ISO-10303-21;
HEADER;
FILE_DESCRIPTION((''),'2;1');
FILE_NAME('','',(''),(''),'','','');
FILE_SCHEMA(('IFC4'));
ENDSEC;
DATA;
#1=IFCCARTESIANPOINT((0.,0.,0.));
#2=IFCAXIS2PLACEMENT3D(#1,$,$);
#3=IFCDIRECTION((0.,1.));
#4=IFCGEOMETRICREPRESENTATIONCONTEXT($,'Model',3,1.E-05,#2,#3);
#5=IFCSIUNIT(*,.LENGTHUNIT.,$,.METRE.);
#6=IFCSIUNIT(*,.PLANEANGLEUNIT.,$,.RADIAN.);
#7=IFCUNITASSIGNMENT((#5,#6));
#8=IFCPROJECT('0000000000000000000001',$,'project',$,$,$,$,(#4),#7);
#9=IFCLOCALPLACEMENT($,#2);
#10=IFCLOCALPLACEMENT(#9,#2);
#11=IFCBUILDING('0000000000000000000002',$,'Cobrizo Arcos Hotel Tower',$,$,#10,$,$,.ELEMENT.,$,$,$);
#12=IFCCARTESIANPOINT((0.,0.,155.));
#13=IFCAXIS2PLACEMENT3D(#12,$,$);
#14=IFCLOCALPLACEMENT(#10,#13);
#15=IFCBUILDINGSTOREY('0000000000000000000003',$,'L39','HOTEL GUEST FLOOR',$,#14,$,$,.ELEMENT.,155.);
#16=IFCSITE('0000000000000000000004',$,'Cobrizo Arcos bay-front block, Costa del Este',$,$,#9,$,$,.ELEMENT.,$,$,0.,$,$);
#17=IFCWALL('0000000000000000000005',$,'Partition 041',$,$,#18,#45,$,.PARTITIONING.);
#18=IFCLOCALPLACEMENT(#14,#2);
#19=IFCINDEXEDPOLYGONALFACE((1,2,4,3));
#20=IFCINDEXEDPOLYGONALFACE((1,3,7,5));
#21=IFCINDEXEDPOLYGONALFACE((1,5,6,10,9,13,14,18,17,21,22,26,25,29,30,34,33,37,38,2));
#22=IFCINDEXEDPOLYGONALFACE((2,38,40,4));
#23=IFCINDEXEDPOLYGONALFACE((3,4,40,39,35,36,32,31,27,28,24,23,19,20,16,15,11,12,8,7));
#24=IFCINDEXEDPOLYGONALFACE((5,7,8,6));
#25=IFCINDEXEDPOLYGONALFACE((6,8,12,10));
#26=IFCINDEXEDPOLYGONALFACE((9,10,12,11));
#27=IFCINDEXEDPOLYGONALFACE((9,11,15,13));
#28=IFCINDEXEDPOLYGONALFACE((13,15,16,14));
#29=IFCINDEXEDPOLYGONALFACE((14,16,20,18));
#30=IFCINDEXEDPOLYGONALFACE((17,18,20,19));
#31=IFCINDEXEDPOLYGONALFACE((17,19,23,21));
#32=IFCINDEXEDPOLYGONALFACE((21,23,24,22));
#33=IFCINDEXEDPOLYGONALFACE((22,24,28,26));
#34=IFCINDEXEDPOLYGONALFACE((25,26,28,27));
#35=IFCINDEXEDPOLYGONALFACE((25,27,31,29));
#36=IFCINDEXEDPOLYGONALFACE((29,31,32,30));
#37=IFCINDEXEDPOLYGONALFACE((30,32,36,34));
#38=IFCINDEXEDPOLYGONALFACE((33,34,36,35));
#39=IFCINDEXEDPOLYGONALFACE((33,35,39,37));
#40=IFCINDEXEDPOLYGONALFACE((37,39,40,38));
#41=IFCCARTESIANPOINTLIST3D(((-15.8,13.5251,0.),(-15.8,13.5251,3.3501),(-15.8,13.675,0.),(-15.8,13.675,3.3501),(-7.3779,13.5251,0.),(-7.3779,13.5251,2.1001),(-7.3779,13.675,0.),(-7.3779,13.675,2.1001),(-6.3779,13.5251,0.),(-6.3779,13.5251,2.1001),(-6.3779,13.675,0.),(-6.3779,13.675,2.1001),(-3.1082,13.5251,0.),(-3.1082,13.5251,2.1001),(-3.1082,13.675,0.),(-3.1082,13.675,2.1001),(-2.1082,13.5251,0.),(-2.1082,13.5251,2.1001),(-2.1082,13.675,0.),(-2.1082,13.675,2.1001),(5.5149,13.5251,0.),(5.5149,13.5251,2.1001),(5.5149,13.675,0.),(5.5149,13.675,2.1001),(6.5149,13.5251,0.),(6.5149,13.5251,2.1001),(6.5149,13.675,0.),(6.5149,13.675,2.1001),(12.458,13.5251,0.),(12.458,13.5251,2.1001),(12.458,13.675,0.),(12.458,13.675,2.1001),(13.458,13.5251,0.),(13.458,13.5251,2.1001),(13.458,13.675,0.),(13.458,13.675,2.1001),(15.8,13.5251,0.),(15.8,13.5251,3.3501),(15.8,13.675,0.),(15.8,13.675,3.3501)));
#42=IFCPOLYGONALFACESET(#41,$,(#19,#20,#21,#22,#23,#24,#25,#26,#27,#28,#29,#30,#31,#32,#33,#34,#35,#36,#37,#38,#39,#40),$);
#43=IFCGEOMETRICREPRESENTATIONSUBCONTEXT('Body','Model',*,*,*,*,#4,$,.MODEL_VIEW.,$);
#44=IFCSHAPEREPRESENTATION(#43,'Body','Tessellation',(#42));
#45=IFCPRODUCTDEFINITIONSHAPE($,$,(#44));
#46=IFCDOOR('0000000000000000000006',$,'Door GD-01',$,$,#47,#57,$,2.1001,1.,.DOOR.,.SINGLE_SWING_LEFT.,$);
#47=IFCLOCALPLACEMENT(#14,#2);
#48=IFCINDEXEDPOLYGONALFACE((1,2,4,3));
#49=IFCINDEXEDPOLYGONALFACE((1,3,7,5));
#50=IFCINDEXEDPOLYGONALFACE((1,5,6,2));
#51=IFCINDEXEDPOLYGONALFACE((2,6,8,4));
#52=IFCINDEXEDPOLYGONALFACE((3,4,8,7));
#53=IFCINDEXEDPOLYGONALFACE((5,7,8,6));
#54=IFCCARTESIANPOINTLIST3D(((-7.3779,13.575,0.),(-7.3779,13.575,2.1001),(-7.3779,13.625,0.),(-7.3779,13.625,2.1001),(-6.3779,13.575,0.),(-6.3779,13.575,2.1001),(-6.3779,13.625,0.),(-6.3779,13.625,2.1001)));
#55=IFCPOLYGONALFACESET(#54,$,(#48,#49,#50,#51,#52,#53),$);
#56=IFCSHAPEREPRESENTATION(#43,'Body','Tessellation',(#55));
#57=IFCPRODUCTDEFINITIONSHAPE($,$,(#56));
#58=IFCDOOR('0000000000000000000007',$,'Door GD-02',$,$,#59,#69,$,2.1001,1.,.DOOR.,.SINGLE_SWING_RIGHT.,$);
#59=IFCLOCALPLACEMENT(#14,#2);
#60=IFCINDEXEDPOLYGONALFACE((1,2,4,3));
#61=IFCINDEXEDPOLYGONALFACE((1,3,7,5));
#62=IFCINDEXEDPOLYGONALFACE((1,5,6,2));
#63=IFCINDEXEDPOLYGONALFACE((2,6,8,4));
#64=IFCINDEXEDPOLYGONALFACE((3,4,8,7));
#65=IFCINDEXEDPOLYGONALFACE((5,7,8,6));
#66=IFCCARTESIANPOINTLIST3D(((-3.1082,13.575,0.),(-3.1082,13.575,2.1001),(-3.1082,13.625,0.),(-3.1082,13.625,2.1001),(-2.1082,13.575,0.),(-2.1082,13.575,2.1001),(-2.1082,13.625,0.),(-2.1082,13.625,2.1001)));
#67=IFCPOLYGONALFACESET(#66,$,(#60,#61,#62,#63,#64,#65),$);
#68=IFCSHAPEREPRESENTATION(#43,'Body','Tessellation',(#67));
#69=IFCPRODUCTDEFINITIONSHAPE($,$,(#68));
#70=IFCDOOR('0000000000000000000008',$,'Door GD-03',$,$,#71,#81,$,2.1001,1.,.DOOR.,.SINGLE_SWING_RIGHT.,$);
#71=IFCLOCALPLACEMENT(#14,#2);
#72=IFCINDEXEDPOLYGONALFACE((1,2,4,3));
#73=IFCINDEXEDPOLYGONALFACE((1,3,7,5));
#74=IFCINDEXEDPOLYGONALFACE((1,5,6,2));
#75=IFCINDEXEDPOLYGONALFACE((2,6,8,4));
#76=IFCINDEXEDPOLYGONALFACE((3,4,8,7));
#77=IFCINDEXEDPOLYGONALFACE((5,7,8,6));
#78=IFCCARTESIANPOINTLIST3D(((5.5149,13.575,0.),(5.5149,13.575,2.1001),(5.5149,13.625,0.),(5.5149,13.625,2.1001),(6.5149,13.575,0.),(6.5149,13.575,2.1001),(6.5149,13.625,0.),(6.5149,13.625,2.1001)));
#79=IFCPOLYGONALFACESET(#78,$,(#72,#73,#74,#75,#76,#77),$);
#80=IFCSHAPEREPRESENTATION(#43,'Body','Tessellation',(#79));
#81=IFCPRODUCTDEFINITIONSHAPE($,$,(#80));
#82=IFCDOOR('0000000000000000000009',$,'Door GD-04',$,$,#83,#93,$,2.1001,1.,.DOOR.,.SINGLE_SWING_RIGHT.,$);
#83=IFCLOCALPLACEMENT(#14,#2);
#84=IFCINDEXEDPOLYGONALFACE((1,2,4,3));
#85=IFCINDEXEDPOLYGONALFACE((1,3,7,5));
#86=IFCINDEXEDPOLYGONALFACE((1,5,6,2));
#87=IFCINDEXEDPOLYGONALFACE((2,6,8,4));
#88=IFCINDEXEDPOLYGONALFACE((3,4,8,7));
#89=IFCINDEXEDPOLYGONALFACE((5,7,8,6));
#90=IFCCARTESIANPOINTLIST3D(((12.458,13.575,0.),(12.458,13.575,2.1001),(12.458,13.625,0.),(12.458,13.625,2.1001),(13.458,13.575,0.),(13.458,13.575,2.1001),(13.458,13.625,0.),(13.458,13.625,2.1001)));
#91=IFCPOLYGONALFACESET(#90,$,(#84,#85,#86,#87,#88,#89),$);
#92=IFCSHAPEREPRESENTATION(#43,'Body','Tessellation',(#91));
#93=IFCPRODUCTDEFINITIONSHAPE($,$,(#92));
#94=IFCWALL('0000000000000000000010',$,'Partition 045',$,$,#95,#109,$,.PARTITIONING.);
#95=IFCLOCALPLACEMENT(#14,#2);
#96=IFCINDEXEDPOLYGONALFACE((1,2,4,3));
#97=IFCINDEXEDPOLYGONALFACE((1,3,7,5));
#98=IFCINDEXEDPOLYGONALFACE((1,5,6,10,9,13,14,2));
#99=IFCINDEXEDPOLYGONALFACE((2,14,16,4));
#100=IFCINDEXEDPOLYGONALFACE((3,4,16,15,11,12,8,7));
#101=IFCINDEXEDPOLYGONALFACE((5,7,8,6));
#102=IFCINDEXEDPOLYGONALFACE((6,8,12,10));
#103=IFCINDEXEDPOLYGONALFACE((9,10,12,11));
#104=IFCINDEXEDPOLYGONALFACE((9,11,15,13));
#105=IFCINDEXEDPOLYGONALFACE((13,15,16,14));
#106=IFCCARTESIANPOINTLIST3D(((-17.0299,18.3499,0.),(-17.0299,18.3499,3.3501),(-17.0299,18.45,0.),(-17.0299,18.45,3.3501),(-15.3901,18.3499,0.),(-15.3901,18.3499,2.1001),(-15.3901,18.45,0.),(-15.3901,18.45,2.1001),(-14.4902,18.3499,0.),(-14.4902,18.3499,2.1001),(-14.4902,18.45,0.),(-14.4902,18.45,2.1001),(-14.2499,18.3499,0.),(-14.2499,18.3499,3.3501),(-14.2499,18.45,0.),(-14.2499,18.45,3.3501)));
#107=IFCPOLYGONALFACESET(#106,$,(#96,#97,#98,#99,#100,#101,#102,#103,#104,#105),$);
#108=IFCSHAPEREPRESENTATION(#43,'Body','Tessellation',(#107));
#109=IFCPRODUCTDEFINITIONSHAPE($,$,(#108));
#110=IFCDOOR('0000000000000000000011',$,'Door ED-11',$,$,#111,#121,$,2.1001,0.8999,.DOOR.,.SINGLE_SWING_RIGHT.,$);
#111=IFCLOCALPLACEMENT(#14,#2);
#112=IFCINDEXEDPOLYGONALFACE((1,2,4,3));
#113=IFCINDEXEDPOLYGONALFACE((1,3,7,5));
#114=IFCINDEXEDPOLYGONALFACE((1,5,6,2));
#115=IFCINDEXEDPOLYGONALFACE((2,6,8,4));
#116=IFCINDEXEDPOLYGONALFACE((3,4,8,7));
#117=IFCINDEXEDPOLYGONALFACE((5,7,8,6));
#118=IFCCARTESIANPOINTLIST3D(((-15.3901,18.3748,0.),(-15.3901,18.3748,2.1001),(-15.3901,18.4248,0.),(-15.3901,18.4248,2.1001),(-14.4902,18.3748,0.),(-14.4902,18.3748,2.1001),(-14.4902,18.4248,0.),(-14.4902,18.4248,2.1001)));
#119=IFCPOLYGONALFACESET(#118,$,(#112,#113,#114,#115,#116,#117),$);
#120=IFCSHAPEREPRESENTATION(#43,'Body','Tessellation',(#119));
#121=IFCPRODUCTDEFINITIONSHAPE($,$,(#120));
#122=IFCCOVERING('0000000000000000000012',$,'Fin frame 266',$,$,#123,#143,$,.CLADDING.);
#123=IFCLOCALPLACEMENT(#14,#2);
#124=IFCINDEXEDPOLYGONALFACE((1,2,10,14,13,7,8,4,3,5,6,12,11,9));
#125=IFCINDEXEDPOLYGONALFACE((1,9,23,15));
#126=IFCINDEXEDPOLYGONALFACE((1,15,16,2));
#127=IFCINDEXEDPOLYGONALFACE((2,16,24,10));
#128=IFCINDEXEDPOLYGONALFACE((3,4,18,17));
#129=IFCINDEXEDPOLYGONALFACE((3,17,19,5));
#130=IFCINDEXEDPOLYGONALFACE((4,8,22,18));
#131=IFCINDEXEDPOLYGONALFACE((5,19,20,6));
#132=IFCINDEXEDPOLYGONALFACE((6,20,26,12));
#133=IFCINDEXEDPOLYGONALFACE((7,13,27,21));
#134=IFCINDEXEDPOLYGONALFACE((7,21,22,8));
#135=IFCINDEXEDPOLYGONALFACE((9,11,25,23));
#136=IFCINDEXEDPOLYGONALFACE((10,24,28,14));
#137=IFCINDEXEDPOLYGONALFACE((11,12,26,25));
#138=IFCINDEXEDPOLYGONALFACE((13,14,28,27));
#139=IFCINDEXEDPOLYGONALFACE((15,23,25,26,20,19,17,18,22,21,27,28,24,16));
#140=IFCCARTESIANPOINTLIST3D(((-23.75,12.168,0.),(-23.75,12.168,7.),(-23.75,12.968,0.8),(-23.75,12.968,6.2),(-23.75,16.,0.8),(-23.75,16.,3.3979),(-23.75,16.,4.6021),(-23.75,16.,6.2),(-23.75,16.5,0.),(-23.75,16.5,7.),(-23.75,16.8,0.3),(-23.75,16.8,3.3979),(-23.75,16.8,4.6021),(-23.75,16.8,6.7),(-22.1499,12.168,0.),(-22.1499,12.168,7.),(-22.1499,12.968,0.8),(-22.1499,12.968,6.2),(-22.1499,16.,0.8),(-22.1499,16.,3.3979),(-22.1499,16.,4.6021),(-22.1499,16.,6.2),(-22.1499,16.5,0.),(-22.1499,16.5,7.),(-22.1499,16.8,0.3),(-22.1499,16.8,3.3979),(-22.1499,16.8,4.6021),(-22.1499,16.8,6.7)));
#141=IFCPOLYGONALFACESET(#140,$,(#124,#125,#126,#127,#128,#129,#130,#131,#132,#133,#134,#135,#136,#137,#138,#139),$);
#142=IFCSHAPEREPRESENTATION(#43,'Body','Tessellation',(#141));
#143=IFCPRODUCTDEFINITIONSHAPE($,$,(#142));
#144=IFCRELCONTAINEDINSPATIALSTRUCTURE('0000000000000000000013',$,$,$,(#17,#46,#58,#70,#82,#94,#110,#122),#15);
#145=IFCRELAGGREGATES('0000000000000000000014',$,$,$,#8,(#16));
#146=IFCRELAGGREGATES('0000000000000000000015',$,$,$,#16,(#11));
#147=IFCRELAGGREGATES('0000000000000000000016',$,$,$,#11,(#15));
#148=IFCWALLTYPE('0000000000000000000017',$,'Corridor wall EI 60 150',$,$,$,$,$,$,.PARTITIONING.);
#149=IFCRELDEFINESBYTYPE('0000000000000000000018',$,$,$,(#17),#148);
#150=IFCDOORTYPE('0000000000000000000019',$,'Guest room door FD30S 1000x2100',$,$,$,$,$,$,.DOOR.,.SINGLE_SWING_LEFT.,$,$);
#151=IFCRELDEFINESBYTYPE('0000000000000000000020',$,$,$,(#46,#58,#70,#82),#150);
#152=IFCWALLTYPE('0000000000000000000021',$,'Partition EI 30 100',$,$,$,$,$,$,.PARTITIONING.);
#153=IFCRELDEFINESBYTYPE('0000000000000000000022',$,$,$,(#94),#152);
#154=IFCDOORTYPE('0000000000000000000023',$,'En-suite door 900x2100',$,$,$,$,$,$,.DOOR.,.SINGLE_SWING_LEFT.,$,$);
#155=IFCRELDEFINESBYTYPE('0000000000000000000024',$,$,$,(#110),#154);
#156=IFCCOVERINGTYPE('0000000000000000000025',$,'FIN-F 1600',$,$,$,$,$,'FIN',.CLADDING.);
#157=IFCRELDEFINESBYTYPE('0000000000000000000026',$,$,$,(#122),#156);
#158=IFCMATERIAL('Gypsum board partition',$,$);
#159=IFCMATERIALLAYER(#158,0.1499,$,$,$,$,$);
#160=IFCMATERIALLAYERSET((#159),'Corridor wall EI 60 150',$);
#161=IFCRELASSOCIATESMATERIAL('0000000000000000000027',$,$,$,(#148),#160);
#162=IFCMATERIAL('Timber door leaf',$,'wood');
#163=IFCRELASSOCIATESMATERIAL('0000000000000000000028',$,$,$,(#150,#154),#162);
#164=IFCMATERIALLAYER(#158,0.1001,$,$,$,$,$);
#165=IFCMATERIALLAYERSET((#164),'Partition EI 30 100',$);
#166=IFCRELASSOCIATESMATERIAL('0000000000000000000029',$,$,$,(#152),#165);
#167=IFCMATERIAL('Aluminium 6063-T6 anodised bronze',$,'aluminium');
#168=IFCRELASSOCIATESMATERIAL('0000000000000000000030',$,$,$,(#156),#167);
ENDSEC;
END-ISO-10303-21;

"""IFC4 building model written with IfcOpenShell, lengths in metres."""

from ifc_helpers import new_model, si_unit, direction, frame, frame_2d, origin, place, context, subcontext, project, spatial, polyline, rectangle, outline, extrude, material, layer, layer_set, type_object, element, fill, save


model = new_model("IFC4")

# Units and contexts
model_context = context("Model", 3, precision=1e-05, world=origin(), true_north=direction((0.0, 1.0)))
body_context = subcontext(model_context, "Body", "Model", "MODEL_VIEW")
ifc_project = project(units=[si_unit("LENGTHUNIT", "METRE"), si_unit("PLANEANGLEUNIT", "RADIAN")], contexts=[model_context])

# Site, building, storey
site_placement = place(None, origin())
site = spatial("IfcSite", under=ifc_project, at=site_placement, Name="Cobrizo Arcos bay-front block, Costa del Este", CompositionType="ELEMENT", RefElevation=0.0)
building_placement = place(site_placement, origin())
building = spatial("IfcBuilding", under=site, at=building_placement, Name="Cobrizo Arcos Hotel Tower", CompositionType="ELEMENT")
storey_placement = place(building_placement, frame((0.0, 0.0, 155.0)))
storey = spatial("IfcBuildingStorey", under=building, at=storey_placement, Name="L39", Description="HOTEL GUEST FLOOR", CompositionType="ELEMENT", Elevation=155.0)

# Shared definitions
ifc_material_1 = material(Name="Aluminium 6063-T6 anodised bronze", Category="aluminium")

# Wall, openings, doors
ifc_material_2 = material(Name="Gypsum board partition")
ifc_layer_1 = layer(ifc_material_2, 0.1499)
ifc_layer_set_1 = layer_set([ifc_layer_1], Name="Corridor wall EI 60 150")
wall_type_1 = type_object("IfcWallType", Name="Corridor wall EI 60 150", PredefinedType="PARTITIONING", material=ifc_layer_set_1)
wall_1_placement = place(storey_placement, frame((-15.8, 13.6001, 0.0), z_axis=(0.0, 0.0, 1.0), x_axis=(1.0, 0.0, 0.0)))
wall_1 = element("IfcWall", 1, at=wall_1_placement, inside=storey, type_object=wall_type_1, Name="Partition 041", PredefinedType="PARTITIONING", context=body_context, shape_type="SweptSolid", body=[
    extrude(rectangle(XDim=31.6001, YDim=0.1499, at=frame_2d((15.8, 0.0))), origin(), (0.0, 0.0, 1.0), 3.3501),
])
opening_1_placement = place(wall_1_placement, frame((8.4221, 0.0, 0.0)))
opening_1 = element("IfcOpeningElement", 2, at=opening_1_placement, cuts=wall_1, PredefinedType="OPENING", context=body_context, shape_type="SweptSolid", body=[
    extrude(rectangle(XDim=1.0, YDim=2.1001, at=frame_2d((0.5, 1.05))), frame((0.0, 0.0869, 0.0), z_axis=(0.0, -1.0, 0.0), x_axis=(1.0, 0.0, 0.0)), (0.0, 0.0, 1.0), 0.1738),
])
opening_2_placement = place(wall_1_placement, frame((12.6919, 0.0, 0.0)))
opening_2 = element("IfcOpeningElement", 3, at=opening_2_placement, cuts=wall_1, PredefinedType="OPENING", context=body_context, shape_type="SweptSolid", body=[
    extrude(rectangle(XDim=1.0, YDim=2.1001, at=frame_2d((0.5, 1.05))), frame((0.0, 0.0869, 0.0), z_axis=(0.0, -1.0, 0.0), x_axis=(1.0, 0.0, 0.0)), (0.0, 0.0, 1.0), 0.1738),
])
opening_3_placement = place(wall_1_placement, frame((21.3149, 0.0, 0.0)))
opening_3 = element("IfcOpeningElement", 4, at=opening_3_placement, cuts=wall_1, PredefinedType="OPENING", context=body_context, shape_type="SweptSolid", body=[
    extrude(rectangle(XDim=1.0, YDim=2.1001, at=frame_2d((0.5, 1.05))), frame((0.0, 0.0869, 0.0), z_axis=(0.0, -1.0, 0.0), x_axis=(1.0, 0.0, 0.0)), (0.0, 0.0, 1.0), 0.1738),
])
opening_4_placement = place(wall_1_placement, frame((28.2581, 0.0, 0.0)))
opening_4 = element("IfcOpeningElement", 5, at=opening_4_placement, cuts=wall_1, PredefinedType="OPENING", context=body_context, shape_type="SweptSolid", body=[
    extrude(rectangle(XDim=1.0, YDim=2.1001, at=frame_2d((0.5, 1.05))), frame((0.0, 0.0869, 0.0), z_axis=(0.0, -1.0, 0.0), x_axis=(1.0, 0.0, 0.0)), (0.0, 0.0, 1.0), 0.1738),
])
ifc_material_3 = material(Name="Timber door leaf", Category="wood")
door_type_1 = type_object("IfcDoorType", Name="Guest room door FD30S 1000x2100", OperationType="SINGLE_SWING_LEFT", PredefinedType="DOOR", material=ifc_material_3)
door_1_placement = place(opening_1_placement, origin())
door_1 = element("IfcDoor", 6, at=door_1_placement, inside=storey, type_object=door_type_1, Name="Door GD-01", OperationType="SINGLE_SWING_LEFT", OverallHeight=2.1001, OverallWidth=1.0, PredefinedType="DOOR", context=body_context, shape_type="SweptSolid", body=[
    extrude(rectangle(XDim=1.0, YDim=2.1001, at=frame_2d((0.5, 1.05))), frame((0.0, 0.0249, 0.0), z_axis=(0.0, -1.0, 0.0), x_axis=(1.0, 0.0, 0.0)), (0.0, 0.0, 1.0), 0.05),
])
fill(opening_1, door_1)
door_2_placement = place(opening_2_placement, origin())
door_2 = element("IfcDoor", 7, at=door_2_placement, inside=storey, type_object=door_type_1, Name="Door GD-02", OperationType="SINGLE_SWING_RIGHT", OverallHeight=2.1001, OverallWidth=1.0, PredefinedType="DOOR", context=body_context, shape_type="SweptSolid", body=[
    extrude(rectangle(XDim=1.0, YDim=2.1001, at=frame_2d((0.5, 1.05))), frame((0.0, 0.0249, 0.0), z_axis=(0.0, -1.0, 0.0), x_axis=(1.0, 0.0, 0.0)), (0.0, 0.0, 1.0), 0.05),
])
fill(opening_2, door_2)
door_3_placement = place(opening_3_placement, origin())
door_3 = element("IfcDoor", 8, at=door_3_placement, inside=storey, type_object=door_type_1, Name="Door GD-03", OperationType="SINGLE_SWING_RIGHT", OverallHeight=2.1001, OverallWidth=1.0, PredefinedType="DOOR", context=body_context, shape_type="SweptSolid", body=[
    extrude(rectangle(XDim=1.0, YDim=2.1001, at=frame_2d((0.5, 1.05))), frame((0.0, 0.0249, 0.0), z_axis=(0.0, -1.0, 0.0), x_axis=(1.0, 0.0, 0.0)), (0.0, 0.0, 1.0), 0.05),
])
fill(opening_3, door_3)
door_4_placement = place(opening_4_placement, origin())
door_4 = element("IfcDoor", 9, at=door_4_placement, inside=storey, type_object=door_type_1, Name="Door GD-04", OperationType="SINGLE_SWING_RIGHT", OverallHeight=2.1001, OverallWidth=1.0, PredefinedType="DOOR", context=body_context, shape_type="SweptSolid", body=[
    extrude(rectangle(XDim=1.0, YDim=2.1001, at=frame_2d((0.5, 1.05))), frame((0.0, 0.0249, 0.0), z_axis=(0.0, -1.0, 0.0), x_axis=(1.0, 0.0, 0.0)), (0.0, 0.0, 1.0), 0.05),
])
fill(opening_4, door_4)

# Wall, opening, door
ifc_layer_2 = layer(ifc_material_2, 0.1001)
ifc_layer_set_2 = layer_set([ifc_layer_2], Name="Partition EI 30 100")
wall_type_2 = type_object("IfcWallType", Name="Partition EI 30 100", PredefinedType="PARTITIONING", material=ifc_layer_set_2)
wall_2_placement = place(storey_placement, frame((-17.03, 18.3999, 0.0), z_axis=(0.0, 0.0, 1.0), x_axis=(1.0, 0.0, 0.0)))
wall_2 = element("IfcWall", 10, at=wall_2_placement, inside=storey, type_object=wall_type_2, Name="Partition 045", PredefinedType="PARTITIONING", context=body_context, shape_type="SweptSolid", body=[
    extrude(rectangle(XDim=2.78, YDim=0.1001, at=frame_2d((1.3901, 0.0))), origin(), (0.0, 0.0, 1.0), 3.3501),
])
opening_5_placement = place(wall_2_placement, frame((1.6399, 0.0, 0.0)))
opening_5 = element("IfcOpeningElement", 11, at=opening_5_placement, cuts=wall_2, PredefinedType="OPENING", context=body_context, shape_type="SweptSolid", body=[
    extrude(rectangle(XDim=0.8999, YDim=2.1001, at=frame_2d((0.45, 1.05))), frame((0.0, 0.062, 0.0), z_axis=(0.0, -1.0, 0.0), x_axis=(1.0, 0.0, 0.0)), (0.0, 0.0, 1.0), 0.124),
])
door_type_2 = type_object("IfcDoorType", Name="En-suite door 900x2100", OperationType="SINGLE_SWING_LEFT", PredefinedType="DOOR", material=ifc_material_3)
door_5_placement = place(opening_5_placement, origin())
door_5 = element("IfcDoor", 12, at=door_5_placement, inside=storey, type_object=door_type_2, Name="Door ED-11", OperationType="SINGLE_SWING_RIGHT", OverallHeight=2.1001, OverallWidth=0.8999, PredefinedType="DOOR", context=body_context, shape_type="SweptSolid", body=[
    extrude(rectangle(XDim=0.8999, YDim=2.1001, at=frame_2d((0.45, 1.05))), frame((0.0, 0.0249, 0.0), z_axis=(0.0, -1.0, 0.0), x_axis=(1.0, 0.0, 0.0)), (0.0, 0.0, 1.0), 0.05),
])
fill(opening_5, door_5)

# Covering
covering_type = type_object("IfcCoveringType", Name="FIN-F 1600", ElementType="FIN", PredefinedType="CLADDING", material=ifc_material_1)
covering_placement = place(storey_placement, frame((-22.1499, 16.8, 0.0), z_axis=(-1.0, 0.0, 0.0), x_axis=(0.0, -1.0, 0.0)))
element("IfcCovering", 13, at=covering_placement, inside=storey, type_object=covering_type, Name="Fin frame 266", PredefinedType="CLADDING", context=body_context, shape_type="SweptSolid", body=[
    extrude(outline(polyline([(0.0, 6.7), (0.0, 4.6021), (0.8, 4.6021), (0.8, 6.2), (3.832, 6.2), (3.832, 0.8), (0.8, 0.8), (0.8, 3.3979), (0.0, 3.3979), (0.0, 0.3), (0.3, 0.0), (4.6321, 0.0), (4.6321, 7.0), (0.3, 7.0), (0.0, 6.7)])), origin(), (0.0, 0.0, 1.0), 1.6001),
])

save(model, "model.ifc")
